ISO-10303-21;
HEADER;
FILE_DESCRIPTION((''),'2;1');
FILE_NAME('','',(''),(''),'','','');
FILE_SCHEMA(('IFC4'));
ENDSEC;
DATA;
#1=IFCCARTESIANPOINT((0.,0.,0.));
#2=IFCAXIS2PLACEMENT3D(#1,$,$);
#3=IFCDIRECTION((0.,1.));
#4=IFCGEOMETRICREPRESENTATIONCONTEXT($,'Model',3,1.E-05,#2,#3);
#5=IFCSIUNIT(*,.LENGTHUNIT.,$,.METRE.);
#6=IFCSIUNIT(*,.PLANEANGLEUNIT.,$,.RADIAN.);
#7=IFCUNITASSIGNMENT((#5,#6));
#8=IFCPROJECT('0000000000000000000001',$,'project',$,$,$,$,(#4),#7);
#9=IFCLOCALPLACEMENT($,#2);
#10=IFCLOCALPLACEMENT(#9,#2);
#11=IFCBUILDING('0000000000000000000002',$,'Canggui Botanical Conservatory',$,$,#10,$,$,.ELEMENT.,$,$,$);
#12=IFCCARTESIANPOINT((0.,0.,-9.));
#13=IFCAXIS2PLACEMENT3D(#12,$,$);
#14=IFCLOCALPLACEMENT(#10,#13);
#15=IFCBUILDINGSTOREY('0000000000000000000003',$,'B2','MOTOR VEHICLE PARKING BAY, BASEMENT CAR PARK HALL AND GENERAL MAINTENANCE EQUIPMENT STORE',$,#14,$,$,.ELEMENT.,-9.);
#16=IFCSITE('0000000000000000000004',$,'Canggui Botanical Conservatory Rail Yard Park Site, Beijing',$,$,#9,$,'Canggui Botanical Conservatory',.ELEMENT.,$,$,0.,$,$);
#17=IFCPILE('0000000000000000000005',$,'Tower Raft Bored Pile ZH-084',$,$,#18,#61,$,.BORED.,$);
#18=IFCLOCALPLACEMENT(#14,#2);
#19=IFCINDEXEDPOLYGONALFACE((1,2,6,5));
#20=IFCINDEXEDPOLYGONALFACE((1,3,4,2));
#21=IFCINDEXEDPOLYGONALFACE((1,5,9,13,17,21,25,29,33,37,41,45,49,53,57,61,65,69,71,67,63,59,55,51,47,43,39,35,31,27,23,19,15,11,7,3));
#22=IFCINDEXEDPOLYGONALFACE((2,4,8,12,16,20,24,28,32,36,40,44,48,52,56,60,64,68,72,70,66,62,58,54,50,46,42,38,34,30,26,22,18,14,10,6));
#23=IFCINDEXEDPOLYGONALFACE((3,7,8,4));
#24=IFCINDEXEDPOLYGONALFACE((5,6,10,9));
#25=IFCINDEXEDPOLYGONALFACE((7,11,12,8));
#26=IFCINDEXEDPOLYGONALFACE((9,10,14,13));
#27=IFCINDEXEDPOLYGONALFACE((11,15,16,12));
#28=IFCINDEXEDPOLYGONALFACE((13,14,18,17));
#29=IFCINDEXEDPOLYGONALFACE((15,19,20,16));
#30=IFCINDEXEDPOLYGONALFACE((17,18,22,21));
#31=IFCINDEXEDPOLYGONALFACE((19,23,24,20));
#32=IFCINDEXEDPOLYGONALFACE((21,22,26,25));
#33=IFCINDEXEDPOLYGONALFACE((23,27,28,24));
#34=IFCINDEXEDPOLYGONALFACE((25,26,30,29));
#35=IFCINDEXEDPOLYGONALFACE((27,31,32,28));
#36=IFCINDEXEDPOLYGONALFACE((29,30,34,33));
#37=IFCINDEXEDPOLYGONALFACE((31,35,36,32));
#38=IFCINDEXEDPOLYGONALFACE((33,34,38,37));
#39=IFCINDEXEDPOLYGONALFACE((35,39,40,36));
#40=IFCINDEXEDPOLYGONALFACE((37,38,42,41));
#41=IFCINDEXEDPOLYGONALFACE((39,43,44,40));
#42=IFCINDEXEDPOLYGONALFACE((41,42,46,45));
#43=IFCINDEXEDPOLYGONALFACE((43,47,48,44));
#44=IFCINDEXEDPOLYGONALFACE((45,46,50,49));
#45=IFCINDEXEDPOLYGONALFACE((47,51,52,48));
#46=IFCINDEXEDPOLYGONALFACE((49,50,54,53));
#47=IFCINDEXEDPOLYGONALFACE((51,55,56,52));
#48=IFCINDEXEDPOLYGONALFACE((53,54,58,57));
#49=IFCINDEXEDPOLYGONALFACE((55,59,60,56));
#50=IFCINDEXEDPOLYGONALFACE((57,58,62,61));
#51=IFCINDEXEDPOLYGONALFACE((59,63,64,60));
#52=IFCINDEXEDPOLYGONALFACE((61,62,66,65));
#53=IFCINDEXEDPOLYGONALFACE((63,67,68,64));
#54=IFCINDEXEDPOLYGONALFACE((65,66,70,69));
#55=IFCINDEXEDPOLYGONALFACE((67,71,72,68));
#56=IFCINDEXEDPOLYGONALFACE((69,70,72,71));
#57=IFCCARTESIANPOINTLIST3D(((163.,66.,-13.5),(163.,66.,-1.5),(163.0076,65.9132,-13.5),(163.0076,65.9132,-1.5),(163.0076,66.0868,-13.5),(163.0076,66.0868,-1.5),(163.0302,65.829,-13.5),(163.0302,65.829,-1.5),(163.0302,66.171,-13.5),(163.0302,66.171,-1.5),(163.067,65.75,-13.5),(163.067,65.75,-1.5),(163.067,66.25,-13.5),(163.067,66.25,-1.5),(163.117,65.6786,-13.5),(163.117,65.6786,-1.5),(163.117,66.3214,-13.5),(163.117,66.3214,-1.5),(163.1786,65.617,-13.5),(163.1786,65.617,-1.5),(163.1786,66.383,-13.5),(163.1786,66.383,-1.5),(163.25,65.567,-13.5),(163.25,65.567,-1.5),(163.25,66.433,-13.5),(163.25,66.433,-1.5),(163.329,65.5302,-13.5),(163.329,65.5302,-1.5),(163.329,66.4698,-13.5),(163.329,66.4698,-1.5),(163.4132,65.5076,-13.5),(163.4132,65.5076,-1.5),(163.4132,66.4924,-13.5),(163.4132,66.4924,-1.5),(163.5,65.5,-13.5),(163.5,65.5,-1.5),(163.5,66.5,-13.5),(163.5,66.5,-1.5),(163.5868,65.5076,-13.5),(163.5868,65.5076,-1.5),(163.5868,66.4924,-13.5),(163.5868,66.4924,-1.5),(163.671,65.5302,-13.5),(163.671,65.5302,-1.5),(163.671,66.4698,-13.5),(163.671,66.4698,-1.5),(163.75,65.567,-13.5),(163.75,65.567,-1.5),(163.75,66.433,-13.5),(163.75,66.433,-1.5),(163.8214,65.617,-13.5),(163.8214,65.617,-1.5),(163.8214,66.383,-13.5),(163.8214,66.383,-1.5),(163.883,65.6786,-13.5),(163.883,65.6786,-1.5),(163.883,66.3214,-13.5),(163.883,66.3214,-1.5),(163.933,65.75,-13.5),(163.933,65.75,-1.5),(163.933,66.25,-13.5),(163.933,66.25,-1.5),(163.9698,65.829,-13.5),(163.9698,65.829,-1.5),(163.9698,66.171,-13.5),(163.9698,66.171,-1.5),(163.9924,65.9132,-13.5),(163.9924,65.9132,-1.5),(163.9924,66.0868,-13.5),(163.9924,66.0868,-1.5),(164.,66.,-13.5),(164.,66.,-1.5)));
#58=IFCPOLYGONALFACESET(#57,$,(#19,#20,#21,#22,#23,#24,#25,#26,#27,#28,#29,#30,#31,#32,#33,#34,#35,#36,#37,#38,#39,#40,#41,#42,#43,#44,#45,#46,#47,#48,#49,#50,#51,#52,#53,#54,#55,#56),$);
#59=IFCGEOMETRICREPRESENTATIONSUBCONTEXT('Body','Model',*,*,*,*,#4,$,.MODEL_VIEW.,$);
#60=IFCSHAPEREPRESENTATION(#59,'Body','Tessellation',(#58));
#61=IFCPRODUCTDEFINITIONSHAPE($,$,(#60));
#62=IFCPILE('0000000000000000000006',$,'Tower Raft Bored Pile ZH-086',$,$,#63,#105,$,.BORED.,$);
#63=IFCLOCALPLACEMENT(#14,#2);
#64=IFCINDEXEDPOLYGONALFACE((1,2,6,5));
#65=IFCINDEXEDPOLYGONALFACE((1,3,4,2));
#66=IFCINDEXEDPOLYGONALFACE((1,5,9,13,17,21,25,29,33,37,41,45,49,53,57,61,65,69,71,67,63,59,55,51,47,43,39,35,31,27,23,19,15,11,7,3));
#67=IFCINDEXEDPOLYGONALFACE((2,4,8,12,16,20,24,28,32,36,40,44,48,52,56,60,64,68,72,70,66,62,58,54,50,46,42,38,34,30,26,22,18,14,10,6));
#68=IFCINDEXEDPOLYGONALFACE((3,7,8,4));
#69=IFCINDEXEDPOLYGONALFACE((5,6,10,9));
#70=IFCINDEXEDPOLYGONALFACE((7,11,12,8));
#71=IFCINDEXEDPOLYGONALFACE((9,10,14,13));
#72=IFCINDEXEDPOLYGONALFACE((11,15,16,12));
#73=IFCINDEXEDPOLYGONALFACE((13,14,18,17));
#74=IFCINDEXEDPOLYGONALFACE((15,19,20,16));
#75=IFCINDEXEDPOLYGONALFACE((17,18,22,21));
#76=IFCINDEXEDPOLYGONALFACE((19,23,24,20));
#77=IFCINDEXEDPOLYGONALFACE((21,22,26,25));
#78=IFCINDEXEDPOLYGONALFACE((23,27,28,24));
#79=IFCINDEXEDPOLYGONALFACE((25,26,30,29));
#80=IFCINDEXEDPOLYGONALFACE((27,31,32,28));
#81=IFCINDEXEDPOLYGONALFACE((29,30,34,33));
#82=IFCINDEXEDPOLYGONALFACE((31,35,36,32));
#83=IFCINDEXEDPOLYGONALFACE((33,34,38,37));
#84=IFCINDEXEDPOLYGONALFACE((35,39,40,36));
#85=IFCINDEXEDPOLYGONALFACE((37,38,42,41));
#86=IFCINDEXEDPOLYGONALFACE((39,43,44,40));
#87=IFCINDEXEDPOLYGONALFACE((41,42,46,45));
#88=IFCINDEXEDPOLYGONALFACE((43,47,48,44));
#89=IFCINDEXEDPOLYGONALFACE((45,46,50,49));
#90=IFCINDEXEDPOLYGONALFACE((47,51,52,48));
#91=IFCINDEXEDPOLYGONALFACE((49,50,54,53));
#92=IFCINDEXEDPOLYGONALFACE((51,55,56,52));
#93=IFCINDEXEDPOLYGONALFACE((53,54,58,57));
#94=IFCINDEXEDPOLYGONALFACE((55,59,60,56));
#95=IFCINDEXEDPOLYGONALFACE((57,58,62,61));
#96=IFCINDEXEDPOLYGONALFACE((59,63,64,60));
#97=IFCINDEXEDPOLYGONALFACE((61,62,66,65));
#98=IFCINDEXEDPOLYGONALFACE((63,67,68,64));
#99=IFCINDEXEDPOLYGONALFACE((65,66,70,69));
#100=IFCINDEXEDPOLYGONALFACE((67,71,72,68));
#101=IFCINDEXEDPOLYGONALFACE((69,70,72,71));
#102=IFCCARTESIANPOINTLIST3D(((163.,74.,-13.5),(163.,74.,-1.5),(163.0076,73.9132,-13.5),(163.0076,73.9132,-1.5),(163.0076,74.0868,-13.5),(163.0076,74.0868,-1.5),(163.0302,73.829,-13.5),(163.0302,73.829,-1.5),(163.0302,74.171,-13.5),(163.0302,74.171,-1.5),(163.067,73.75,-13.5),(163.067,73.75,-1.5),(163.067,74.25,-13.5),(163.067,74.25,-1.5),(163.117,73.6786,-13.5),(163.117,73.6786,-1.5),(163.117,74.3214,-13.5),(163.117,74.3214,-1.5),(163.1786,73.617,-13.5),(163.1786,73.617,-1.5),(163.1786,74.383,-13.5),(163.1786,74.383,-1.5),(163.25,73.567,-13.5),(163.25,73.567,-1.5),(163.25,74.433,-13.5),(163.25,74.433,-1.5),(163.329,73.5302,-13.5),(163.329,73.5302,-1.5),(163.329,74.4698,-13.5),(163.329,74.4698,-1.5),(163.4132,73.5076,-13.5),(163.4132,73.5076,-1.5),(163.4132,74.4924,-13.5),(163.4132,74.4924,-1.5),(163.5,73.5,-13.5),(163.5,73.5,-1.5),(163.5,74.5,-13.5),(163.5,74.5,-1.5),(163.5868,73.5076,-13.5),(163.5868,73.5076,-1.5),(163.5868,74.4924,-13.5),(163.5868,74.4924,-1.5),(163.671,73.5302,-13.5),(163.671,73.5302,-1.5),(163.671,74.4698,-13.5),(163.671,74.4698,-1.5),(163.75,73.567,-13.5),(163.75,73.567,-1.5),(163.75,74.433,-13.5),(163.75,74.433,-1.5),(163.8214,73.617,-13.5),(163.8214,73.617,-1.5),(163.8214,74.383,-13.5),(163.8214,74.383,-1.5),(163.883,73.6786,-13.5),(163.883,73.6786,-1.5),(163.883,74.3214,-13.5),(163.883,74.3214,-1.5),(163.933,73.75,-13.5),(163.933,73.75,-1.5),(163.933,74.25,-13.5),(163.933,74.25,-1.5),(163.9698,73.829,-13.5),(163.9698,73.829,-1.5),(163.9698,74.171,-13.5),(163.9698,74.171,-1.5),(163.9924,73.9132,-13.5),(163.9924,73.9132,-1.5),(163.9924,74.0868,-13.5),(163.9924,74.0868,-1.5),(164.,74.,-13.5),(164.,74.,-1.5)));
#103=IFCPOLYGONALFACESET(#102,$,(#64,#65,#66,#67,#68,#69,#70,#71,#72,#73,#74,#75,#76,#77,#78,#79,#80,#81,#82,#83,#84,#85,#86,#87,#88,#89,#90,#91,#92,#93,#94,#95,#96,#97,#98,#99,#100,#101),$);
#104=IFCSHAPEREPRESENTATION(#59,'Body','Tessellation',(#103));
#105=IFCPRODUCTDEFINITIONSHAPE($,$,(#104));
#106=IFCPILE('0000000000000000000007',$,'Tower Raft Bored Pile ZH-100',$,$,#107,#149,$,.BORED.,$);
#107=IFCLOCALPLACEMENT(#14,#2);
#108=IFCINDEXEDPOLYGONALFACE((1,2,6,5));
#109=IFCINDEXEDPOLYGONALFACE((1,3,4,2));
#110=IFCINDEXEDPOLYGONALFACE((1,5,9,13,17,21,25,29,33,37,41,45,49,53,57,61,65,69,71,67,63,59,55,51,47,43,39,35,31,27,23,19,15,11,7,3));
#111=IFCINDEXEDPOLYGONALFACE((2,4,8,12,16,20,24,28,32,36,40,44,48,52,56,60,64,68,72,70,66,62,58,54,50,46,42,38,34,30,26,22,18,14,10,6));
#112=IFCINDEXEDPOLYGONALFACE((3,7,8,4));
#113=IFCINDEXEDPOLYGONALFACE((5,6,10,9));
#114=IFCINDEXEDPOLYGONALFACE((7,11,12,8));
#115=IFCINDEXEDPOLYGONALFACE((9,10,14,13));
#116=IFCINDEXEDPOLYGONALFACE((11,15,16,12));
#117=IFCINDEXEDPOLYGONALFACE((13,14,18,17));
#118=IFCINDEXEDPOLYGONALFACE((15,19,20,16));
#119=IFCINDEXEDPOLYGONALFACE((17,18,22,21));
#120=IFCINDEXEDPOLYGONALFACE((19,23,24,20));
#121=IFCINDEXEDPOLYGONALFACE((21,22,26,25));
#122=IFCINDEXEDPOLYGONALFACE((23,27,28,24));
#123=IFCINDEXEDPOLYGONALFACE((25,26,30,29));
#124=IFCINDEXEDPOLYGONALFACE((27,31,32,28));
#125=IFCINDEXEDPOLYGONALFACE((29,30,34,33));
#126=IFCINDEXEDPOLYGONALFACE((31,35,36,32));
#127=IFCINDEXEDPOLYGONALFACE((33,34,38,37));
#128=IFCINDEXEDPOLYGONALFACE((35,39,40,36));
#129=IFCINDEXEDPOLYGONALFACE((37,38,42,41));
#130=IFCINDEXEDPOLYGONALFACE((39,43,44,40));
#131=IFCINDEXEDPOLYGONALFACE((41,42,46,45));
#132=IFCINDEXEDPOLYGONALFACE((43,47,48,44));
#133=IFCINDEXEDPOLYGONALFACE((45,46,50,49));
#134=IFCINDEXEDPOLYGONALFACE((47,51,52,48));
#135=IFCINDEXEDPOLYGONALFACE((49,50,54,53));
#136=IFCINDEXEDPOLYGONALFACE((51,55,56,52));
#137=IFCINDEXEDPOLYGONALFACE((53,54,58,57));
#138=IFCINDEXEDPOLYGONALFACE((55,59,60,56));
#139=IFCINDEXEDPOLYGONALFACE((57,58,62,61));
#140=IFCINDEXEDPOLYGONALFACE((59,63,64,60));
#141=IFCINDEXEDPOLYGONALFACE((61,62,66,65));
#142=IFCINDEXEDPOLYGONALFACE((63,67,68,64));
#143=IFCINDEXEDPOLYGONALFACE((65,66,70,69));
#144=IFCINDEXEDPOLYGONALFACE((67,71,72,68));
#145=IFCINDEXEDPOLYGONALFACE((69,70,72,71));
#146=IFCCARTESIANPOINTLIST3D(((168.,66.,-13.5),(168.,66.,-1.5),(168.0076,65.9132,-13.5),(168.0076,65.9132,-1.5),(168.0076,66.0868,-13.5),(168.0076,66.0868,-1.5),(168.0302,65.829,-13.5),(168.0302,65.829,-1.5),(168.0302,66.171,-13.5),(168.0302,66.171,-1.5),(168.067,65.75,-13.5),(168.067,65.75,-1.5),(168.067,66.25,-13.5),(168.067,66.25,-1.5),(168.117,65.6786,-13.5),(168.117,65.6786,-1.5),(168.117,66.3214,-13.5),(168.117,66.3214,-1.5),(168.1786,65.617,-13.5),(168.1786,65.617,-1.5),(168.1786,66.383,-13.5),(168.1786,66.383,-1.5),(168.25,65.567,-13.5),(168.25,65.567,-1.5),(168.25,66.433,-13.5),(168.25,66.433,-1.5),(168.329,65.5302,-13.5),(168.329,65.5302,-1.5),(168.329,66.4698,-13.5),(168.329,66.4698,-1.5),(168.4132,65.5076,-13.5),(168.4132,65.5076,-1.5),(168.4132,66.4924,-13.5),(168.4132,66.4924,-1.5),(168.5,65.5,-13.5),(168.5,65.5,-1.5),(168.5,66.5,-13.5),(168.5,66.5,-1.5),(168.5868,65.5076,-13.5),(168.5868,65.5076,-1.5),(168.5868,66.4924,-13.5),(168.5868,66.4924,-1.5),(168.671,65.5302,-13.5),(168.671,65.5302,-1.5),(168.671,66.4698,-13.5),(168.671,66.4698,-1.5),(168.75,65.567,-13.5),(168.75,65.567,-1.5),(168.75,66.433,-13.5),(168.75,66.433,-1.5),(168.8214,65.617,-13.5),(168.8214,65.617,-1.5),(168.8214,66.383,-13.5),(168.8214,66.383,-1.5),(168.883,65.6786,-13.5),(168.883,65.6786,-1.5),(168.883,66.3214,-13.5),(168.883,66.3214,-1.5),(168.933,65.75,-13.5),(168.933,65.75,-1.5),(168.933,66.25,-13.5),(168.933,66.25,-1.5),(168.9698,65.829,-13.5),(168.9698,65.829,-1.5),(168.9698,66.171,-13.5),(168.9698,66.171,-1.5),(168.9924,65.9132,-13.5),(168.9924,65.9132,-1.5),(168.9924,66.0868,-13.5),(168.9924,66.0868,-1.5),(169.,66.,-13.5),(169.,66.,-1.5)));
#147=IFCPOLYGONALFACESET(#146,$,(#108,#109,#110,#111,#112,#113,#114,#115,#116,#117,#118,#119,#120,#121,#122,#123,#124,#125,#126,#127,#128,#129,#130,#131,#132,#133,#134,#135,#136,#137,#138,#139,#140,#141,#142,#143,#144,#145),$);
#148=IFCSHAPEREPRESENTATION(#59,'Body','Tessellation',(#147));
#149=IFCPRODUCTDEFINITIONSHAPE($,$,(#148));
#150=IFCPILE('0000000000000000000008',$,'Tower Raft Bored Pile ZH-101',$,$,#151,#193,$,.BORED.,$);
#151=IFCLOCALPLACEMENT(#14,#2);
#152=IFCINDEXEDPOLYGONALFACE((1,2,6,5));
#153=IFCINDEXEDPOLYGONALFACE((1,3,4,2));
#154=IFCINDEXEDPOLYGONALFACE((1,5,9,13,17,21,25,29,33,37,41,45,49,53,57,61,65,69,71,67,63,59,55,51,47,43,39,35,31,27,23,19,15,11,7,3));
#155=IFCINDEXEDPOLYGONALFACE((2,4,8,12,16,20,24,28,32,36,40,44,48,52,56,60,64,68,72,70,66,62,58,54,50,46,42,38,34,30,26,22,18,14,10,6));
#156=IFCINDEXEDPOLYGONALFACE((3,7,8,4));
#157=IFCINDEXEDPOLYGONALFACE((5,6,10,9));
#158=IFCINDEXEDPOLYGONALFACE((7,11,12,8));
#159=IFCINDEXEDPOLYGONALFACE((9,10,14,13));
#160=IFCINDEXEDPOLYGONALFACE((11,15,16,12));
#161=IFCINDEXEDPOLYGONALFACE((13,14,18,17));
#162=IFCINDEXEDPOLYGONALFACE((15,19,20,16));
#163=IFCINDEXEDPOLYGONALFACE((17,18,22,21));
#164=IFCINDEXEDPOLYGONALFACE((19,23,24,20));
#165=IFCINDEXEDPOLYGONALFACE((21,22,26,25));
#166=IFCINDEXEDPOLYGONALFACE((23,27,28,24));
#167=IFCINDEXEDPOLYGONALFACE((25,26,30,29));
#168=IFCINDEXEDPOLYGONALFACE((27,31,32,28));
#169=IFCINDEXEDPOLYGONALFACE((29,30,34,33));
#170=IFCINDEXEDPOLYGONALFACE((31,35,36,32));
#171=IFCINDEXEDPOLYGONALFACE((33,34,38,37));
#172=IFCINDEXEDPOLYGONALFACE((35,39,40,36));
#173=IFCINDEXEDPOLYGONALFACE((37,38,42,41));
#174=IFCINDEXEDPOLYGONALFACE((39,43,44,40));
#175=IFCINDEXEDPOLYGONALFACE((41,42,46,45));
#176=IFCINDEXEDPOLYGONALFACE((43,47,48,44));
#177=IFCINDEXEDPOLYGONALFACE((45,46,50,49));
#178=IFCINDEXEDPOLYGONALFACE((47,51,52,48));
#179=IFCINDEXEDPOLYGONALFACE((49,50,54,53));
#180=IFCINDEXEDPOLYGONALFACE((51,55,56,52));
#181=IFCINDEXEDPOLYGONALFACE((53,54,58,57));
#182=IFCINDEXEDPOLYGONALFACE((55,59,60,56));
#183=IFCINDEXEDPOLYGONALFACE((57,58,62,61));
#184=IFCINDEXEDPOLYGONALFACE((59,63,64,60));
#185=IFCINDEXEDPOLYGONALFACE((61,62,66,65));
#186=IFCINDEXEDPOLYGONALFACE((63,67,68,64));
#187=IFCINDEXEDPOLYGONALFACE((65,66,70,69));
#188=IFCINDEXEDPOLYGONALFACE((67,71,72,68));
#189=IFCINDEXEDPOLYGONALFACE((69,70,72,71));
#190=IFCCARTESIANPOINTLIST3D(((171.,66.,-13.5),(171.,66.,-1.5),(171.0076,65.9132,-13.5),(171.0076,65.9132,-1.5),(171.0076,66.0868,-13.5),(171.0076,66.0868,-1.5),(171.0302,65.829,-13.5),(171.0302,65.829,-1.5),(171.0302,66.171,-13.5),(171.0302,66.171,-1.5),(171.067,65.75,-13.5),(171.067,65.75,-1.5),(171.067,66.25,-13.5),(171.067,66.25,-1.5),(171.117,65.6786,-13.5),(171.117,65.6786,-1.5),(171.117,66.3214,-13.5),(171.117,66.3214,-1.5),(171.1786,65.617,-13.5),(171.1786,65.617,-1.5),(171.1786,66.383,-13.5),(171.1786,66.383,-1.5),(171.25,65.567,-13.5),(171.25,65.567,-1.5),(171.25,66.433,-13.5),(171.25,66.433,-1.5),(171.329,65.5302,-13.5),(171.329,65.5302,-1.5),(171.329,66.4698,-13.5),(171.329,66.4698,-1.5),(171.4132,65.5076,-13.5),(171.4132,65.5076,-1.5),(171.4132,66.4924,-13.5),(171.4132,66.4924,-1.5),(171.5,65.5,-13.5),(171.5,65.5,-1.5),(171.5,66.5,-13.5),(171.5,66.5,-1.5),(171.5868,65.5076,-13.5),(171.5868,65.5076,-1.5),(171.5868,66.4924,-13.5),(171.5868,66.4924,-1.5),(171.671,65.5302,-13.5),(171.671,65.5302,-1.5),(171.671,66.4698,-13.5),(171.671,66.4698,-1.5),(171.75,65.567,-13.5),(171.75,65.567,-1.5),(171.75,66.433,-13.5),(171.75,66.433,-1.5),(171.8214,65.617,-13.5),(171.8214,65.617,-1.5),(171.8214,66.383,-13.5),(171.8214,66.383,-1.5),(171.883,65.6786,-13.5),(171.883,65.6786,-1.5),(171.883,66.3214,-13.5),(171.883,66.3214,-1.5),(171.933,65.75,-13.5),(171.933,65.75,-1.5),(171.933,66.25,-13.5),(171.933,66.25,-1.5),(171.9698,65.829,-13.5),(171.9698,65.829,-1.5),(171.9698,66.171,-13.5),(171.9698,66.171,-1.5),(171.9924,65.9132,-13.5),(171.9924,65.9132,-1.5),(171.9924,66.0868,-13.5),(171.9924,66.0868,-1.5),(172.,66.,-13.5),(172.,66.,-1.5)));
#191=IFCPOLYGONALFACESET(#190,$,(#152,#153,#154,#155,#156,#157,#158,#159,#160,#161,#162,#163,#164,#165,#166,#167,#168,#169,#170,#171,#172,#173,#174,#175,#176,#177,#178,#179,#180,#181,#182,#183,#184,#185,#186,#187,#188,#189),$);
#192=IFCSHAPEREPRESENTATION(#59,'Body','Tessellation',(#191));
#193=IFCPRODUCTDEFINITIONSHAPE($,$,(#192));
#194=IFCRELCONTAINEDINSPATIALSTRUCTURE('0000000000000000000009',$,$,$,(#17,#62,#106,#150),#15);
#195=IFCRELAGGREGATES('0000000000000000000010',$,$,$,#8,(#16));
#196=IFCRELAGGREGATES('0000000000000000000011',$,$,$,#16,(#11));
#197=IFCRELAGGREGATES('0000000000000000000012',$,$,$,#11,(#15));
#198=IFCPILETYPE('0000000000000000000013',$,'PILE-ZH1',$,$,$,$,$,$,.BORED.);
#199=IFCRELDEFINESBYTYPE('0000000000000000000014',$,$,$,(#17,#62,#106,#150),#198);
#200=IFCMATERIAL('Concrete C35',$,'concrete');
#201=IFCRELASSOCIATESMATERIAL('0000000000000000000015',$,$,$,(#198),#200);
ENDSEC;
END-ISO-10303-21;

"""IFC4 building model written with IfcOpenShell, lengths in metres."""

from ifc_helpers import new_model, si_unit, direction, frame, origin, origin_2d, place, context, subcontext, project, spatial, circle, extrude, material, material_profile, profile_set, type_object, element, save


model = new_model("IFC4")

# Units and contexts
model_context = context("Model", 3, precision=1e-05, world=origin(), true_north=direction((0.0, 1.0)))
body_context = subcontext(model_context, "Body", "Model", "MODEL_VIEW")
ifc_project = project(units=[si_unit("LENGTHUNIT", "METRE"), si_unit("PLANEANGLEUNIT", "RADIAN")], contexts=[model_context])

# Site, building, storey
site_placement = place(None, origin())
site = spatial("IfcSite", under=ifc_project, at=site_placement, Name="Canggui Botanical Conservatory Rail Yard Park Site, Beijing", LongName="Canggui Botanical Conservatory", CompositionType="ELEMENT", RefElevation=0.0)
building_placement = place(site_placement, origin())
building = spatial("IfcBuilding", under=site, at=building_placement, Name="Canggui Botanical Conservatory", CompositionType="ELEMENT")
storey_placement = place(building_placement, frame((0.0, 0.0, -9.0)))
storey = spatial("IfcBuildingStorey", under=building, at=storey_placement, Name="B2", Description="MOTOR VEHICLE PARKING BAY, BASEMENT CAR PARK HALL AND GENERAL MAINTENANCE EQUIPMENT STORE", CompositionType="ELEMENT", Elevation=-9.0)

# Piles
ifc_material_1 = material(Name="Concrete C35", Category="concrete")
ifc_material_profile_1 = material_profile(ifc_material_1, circle(Radius=0.5, at=origin_2d()), Name="PILE D1000")
ifc_profile_set_1 = profile_set([ifc_material_profile_1], Name="Concrete C35")
pile_type = type_object("IfcPileType", Name="PILE-ZH1", PredefinedType="BORED", material=ifc_profile_set_1)
for number, where, z_axis, x_axis, name in (
    (1, (163.5, 66.0, -1.5), (0.0, 0.0, -1.0), (1.0, 0.0, 0.0), "Tower Raft Bored Pile ZH-084"),
    (2, (163.5, 74.0, -1.5), (0.0, 0.0, -1.0), (1.0, 0.0, 0.0), "Tower Raft Bored Pile ZH-086"),
    (3, (168.5, 66.0, -1.5), (0.0, 0.0, -1.0), (1.0, 0.0, 0.0), "Tower Raft Bored Pile ZH-100"),
    (4, (171.5, 66.0, -1.5), (0.0, 0.0, -1.0), (1.0, 0.0, 0.0), "Tower Raft Bored Pile ZH-101"),
):
    element("IfcPile", number, at=place(storey_placement, frame(where, z_axis=z_axis, x_axis=x_axis)), inside=storey, type_object=pile_type, Name=name, PredefinedType="BORED", context=body_context, shape_type="SweptSolid", body=[
        extrude(circle(Radius=0.5, at=origin_2d()), origin(), (0.0, 0.0, 1.0), 12.0),
    ])

save(model, "model.ifc")
